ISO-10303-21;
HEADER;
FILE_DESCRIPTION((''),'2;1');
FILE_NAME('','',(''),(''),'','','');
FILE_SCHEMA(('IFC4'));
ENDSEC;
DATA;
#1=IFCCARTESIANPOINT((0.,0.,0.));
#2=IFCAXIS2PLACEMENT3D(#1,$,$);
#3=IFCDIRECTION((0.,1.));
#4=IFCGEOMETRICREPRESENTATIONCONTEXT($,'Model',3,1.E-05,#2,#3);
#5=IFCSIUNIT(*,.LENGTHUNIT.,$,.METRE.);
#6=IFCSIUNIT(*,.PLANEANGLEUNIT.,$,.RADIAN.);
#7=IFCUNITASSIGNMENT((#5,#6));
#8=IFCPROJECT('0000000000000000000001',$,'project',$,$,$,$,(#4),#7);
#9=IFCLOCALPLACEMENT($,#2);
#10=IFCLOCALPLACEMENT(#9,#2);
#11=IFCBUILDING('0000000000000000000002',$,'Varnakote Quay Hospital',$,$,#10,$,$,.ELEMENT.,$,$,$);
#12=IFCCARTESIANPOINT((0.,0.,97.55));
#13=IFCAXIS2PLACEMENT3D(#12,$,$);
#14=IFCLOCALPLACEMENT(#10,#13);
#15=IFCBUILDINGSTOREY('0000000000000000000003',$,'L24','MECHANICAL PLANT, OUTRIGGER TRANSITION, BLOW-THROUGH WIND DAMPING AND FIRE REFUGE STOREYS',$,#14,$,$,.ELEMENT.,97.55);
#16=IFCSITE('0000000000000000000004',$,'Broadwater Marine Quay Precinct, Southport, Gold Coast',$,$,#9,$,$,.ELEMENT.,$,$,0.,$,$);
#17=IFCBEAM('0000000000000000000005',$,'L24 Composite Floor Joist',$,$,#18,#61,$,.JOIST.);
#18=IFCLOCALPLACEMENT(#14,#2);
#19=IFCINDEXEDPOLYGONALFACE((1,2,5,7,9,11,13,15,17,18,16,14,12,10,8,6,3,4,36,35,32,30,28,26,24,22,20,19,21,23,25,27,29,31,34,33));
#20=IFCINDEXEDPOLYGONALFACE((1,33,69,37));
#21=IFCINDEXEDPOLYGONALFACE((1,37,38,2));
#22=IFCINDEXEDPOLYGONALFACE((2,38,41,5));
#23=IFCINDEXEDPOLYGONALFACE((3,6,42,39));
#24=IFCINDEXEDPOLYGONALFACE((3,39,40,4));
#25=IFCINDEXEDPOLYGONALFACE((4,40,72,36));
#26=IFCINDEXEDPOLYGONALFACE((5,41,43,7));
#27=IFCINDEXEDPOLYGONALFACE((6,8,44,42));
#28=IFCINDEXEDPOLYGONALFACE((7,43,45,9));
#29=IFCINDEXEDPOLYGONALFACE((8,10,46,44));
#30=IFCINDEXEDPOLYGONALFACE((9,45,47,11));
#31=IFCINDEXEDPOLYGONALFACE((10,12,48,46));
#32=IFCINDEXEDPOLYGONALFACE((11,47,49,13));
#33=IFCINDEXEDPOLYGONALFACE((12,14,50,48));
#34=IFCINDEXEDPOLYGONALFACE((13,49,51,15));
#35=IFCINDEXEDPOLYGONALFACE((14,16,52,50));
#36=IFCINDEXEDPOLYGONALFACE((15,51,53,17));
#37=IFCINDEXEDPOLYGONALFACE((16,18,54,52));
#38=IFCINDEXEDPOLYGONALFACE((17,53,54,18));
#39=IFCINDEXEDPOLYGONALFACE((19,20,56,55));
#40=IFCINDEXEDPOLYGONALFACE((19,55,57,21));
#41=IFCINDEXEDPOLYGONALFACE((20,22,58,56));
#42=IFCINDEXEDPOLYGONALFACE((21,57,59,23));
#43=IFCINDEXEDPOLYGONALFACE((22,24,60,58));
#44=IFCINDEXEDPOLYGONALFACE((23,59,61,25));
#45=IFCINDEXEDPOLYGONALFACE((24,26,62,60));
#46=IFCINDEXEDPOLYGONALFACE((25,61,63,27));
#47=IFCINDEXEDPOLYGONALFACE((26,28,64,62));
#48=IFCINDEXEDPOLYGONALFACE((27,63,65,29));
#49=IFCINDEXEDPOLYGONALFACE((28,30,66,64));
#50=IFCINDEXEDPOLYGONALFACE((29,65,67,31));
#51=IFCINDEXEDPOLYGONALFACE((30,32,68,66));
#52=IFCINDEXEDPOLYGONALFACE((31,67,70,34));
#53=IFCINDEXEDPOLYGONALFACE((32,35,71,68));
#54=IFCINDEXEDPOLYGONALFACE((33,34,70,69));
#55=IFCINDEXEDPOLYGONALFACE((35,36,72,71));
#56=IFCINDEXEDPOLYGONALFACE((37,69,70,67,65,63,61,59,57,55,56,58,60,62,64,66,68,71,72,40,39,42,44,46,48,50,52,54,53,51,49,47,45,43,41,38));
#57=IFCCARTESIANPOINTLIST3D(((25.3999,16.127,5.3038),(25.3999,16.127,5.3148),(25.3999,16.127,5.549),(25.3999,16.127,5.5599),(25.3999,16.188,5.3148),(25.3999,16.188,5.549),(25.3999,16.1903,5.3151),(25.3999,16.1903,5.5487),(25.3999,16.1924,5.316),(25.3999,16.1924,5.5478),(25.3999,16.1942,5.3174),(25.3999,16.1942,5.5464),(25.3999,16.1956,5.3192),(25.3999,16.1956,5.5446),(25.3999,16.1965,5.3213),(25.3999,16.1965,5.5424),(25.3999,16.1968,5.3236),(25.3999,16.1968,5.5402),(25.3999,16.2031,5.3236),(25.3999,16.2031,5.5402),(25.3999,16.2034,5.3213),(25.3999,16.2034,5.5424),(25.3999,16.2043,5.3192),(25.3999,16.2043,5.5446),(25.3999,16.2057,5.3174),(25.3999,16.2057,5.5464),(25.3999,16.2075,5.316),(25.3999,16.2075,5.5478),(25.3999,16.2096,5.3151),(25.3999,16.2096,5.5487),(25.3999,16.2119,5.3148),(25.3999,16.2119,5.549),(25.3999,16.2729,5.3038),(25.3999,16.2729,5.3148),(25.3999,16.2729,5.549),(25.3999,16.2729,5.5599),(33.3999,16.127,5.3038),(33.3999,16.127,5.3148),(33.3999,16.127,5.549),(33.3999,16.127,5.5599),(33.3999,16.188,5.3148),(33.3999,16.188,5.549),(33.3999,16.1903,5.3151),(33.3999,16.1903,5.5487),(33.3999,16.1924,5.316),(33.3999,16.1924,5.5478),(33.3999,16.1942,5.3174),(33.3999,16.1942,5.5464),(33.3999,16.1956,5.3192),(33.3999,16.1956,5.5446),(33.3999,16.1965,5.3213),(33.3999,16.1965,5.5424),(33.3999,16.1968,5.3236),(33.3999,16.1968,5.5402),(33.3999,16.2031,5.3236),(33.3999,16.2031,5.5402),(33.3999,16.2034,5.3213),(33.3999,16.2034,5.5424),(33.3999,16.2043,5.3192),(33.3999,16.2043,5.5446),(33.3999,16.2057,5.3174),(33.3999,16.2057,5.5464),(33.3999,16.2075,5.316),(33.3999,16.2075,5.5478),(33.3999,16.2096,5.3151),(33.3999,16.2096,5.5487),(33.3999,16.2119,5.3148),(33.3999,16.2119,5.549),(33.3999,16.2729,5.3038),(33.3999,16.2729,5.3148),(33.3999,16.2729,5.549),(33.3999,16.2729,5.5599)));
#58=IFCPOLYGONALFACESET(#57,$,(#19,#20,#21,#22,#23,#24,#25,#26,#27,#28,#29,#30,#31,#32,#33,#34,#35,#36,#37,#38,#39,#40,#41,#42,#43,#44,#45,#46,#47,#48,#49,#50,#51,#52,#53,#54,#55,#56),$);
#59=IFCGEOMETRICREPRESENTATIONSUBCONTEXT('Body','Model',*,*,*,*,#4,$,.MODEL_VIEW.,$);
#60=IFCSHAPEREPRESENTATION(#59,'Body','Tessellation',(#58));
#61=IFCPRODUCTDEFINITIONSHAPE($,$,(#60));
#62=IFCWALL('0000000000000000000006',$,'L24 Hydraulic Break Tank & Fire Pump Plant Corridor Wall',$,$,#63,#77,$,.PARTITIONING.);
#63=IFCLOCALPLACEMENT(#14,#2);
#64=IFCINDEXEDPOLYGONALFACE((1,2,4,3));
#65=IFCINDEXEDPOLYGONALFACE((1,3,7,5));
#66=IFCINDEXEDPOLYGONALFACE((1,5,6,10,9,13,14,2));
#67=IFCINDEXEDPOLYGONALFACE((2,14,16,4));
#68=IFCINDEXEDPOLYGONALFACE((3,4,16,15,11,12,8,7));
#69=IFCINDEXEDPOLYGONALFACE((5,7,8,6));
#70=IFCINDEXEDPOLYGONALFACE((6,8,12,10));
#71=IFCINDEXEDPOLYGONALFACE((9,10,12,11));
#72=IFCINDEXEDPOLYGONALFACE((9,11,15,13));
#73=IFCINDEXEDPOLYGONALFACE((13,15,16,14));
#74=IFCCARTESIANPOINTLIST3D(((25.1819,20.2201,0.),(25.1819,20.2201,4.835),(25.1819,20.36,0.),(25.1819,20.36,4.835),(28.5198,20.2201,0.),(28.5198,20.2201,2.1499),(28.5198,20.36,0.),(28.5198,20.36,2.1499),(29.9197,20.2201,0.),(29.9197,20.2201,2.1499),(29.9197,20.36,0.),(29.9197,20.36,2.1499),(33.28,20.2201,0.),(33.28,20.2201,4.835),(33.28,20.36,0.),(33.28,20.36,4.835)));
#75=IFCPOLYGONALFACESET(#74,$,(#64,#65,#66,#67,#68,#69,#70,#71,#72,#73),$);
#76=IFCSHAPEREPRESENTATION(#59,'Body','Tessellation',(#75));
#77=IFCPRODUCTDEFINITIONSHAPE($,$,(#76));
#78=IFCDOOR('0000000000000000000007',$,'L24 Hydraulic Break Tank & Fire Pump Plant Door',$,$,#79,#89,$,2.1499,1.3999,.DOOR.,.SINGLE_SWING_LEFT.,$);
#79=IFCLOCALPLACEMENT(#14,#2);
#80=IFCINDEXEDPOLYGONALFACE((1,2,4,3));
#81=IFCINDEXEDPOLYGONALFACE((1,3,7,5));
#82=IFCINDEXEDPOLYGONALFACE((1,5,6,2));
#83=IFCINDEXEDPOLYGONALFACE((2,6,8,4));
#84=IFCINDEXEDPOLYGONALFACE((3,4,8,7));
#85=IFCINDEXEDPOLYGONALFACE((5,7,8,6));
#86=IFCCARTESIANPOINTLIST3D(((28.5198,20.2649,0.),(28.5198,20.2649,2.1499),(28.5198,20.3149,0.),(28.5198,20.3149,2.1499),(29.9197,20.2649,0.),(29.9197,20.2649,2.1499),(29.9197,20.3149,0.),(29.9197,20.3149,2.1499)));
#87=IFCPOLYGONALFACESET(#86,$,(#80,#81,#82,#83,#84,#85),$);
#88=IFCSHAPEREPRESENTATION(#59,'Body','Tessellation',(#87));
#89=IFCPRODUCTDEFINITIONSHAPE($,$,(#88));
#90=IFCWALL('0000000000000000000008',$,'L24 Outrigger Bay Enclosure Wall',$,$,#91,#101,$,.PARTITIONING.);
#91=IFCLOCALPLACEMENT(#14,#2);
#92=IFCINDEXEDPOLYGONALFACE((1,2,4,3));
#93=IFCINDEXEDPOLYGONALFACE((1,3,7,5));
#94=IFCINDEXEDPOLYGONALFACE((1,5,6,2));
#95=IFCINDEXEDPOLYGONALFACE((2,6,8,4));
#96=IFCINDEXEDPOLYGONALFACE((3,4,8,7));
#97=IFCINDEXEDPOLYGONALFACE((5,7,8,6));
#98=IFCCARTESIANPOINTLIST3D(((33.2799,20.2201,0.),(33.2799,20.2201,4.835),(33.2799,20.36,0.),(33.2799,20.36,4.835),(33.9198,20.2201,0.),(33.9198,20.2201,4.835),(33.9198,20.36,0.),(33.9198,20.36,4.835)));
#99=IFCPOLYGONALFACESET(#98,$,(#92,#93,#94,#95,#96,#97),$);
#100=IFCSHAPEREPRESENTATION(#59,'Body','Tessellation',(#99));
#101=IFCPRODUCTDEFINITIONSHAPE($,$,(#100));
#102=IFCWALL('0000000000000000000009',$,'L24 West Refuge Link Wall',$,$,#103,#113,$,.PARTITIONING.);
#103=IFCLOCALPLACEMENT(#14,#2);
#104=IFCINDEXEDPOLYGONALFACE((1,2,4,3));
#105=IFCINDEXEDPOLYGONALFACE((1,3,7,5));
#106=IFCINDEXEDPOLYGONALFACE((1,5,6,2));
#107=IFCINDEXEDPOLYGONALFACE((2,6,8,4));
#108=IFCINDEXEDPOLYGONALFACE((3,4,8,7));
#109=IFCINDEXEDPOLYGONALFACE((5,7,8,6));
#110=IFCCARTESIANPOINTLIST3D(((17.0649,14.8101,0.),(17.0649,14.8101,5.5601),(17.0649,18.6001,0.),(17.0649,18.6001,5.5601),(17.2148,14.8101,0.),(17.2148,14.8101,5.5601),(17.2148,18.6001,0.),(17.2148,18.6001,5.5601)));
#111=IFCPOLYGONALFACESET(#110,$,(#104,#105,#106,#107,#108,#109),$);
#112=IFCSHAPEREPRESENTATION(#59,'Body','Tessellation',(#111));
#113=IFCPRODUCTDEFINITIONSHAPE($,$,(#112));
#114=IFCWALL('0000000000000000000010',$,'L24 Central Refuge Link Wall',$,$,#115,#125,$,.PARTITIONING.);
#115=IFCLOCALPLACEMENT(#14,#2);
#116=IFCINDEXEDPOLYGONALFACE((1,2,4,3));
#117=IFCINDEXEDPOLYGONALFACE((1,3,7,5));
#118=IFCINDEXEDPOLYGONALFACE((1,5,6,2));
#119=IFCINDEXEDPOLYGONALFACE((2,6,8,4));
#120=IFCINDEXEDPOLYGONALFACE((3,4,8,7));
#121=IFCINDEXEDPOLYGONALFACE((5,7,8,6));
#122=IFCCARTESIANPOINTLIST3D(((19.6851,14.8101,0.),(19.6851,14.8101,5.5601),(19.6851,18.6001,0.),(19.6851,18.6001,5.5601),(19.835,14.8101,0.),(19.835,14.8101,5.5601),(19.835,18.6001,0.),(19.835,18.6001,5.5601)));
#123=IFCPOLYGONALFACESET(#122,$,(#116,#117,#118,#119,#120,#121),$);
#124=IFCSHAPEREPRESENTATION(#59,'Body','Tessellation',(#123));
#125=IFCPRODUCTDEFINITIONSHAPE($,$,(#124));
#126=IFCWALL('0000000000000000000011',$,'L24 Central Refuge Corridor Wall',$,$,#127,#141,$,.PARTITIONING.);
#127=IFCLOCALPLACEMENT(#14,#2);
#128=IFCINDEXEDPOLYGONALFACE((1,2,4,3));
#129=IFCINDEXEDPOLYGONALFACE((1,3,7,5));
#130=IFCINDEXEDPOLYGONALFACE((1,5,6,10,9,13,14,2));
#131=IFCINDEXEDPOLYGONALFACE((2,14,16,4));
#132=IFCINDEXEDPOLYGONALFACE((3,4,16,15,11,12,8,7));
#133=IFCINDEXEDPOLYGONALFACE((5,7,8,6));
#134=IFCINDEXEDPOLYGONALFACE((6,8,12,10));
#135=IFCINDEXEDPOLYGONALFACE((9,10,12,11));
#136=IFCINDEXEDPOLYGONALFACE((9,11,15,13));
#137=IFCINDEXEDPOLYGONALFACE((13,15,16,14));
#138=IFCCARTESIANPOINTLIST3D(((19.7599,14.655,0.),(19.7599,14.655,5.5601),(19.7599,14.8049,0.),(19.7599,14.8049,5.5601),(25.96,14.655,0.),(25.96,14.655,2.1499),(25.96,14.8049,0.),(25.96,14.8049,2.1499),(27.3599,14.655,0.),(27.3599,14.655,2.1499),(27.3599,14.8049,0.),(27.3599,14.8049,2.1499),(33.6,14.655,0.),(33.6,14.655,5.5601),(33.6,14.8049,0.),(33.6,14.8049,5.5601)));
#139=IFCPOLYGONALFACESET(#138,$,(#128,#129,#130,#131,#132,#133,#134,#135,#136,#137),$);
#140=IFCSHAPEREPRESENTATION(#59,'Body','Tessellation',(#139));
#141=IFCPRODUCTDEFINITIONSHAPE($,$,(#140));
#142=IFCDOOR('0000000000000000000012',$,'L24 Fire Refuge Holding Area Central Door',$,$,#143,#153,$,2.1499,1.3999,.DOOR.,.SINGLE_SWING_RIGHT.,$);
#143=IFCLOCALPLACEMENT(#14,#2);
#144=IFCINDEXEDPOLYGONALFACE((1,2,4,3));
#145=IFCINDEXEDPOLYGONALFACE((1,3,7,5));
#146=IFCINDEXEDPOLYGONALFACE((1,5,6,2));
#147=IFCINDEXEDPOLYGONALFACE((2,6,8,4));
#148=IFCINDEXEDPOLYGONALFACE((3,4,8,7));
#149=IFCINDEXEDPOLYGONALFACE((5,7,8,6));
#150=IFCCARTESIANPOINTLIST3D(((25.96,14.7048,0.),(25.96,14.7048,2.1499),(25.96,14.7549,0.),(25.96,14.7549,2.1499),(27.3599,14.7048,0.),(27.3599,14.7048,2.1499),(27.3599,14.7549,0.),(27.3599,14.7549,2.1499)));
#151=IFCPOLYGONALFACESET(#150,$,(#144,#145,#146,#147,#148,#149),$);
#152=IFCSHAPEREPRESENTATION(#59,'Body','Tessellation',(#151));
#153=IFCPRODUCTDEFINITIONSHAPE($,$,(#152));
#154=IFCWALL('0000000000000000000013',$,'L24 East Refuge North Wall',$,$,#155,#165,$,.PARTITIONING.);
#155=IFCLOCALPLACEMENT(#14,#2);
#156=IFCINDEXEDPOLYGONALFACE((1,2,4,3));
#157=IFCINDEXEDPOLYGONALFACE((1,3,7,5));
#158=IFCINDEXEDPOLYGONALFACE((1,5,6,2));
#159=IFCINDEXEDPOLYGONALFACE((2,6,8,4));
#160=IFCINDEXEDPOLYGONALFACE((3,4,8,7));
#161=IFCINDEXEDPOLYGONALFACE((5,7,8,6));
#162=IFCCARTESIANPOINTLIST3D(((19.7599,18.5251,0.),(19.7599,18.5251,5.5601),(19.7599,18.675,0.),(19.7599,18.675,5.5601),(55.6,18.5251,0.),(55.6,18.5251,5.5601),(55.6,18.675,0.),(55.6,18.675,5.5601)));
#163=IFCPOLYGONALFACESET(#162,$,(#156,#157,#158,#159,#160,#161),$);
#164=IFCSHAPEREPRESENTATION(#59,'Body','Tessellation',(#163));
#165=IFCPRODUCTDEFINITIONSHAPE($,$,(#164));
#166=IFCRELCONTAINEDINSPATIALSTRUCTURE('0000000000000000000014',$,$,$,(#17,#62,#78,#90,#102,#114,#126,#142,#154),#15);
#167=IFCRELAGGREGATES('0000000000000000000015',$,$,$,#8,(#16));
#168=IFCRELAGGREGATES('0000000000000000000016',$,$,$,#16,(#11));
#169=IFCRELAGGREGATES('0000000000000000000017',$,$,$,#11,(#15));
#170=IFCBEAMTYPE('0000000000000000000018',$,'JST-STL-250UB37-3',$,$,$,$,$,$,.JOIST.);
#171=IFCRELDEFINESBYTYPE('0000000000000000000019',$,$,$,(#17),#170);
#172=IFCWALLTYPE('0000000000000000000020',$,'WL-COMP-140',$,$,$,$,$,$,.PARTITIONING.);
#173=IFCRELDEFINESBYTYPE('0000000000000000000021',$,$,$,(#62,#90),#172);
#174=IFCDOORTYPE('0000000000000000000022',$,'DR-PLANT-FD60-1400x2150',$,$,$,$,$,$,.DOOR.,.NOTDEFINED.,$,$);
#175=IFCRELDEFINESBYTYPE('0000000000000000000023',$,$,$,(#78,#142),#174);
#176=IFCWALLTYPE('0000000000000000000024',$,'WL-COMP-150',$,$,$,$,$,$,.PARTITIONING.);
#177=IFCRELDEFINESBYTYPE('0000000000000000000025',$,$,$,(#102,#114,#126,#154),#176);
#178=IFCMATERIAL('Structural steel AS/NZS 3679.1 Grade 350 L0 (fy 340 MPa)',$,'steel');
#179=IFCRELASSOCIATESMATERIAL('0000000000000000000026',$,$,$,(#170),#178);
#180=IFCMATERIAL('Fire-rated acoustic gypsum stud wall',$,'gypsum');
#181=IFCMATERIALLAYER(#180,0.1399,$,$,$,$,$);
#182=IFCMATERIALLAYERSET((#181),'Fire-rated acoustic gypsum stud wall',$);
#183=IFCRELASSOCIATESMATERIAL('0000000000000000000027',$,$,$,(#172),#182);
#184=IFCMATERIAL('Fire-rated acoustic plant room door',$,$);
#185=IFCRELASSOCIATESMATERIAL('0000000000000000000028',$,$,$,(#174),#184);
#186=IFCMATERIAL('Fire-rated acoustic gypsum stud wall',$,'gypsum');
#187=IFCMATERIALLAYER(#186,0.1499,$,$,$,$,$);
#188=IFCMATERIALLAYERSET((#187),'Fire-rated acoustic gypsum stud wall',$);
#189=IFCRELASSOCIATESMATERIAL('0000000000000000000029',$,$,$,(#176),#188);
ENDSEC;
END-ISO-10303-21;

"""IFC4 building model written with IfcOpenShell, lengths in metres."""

from ifc_helpers import new_model, si_unit, direction, frame, frame_2d, origin, origin_2d, place, context, subcontext, project, spatial, rectangle, i_section, extrude, material, layer, layer_set, material_profile, profile_set, type_object, element, fill, save


model = new_model("IFC4")

# Units and contexts
model_context = context("Model", 3, precision=1e-05, world=origin(), true_north=direction((0.0, 1.0)))
body_context = subcontext(model_context, "Body", "Model", "MODEL_VIEW")
ifc_project = project(units=[si_unit("LENGTHUNIT", "METRE"), si_unit("PLANEANGLEUNIT", "RADIAN")], contexts=[model_context])

# Site, building, storey
site_placement = place(None, origin())
site = spatial("IfcSite", under=ifc_project, at=site_placement, Name="Broadwater Marine Quay Precinct, Southport, Gold Coast", CompositionType="ELEMENT", RefElevation=0.0)
building_placement = place(site_placement, origin())
building = spatial("IfcBuilding", under=site, at=building_placement, Name="Varnakote Quay Hospital", CompositionType="ELEMENT")
storey_placement = place(building_placement, frame((0.0, 0.0, 97.55)))
storey = spatial("IfcBuildingStorey", under=building, at=storey_placement, Name="L24", Description="MECHANICAL PLANT, OUTRIGGER TRANSITION, BLOW-THROUGH WIND DAMPING AND FIRE REFUGE STOREYS", CompositionType="ELEMENT", Elevation=97.55)

# Beam
ifc_material_1 = material(Name="Structural steel AS/NZS 3679.1 Grade 350 L0 (fy 340 MPa)", Category="steel")
ifc_material_profile_1 = material_profile(ifc_material_1, i_section(OverallWidth=0.146, OverallDepth=0.2561, WebThickness=0.0063, FlangeThickness=0.011, FilletRadius=0.0088, at=origin_2d()), Name="250UB37.3")
ifc_profile_set_1 = profile_set([ifc_material_profile_1], Name="Structural steel AS/NZS 3679.1 Grade 350 L0 (fy 340 MPa)")
beam_type_1 = type_object("IfcBeamType", Name="JST-STL-250UB37-3", PredefinedType="JOIST", material=ifc_profile_set_1)
beam_1_placement = place(storey_placement, frame((25.3999, 16.2, 5.4319), z_axis=(1.0, 0.0, 0.0), x_axis=(0.0, 1.0, 0.0)))
element("IfcBeam", 1, at=beam_1_placement, inside=storey, type_object=beam_type_1, Name="L24 Composite Floor Joist", PredefinedType="JOIST", context=body_context, shape_type="SweptSolid", body=[
    extrude(i_section(OverallWidth=0.146, OverallDepth=0.2561, WebThickness=0.0063, FlangeThickness=0.011, FilletRadius=0.0088, at=origin_2d()), origin(), (0.0, 0.0, 1.0), 8.0),
])

# Wall, opening, door
ifc_material_2 = material(Name="Fire-rated acoustic gypsum stud wall", Category="gypsum")
ifc_layer_1 = layer(ifc_material_2, 0.1399)
ifc_layer_set_1 = layer_set([ifc_layer_1], Name="Fire-rated acoustic gypsum stud wall")
wall_type_1 = type_object("IfcWallType", Name="WL-COMP-140", PredefinedType="PARTITIONING", material=ifc_layer_set_1)
wall_1_placement = place(storey_placement, frame((25.1819, 20.29, 0.0), z_axis=(0.0, 0.0, 1.0), x_axis=(1.0, 0.0, 0.0)))
wall_1 = element("IfcWall", 2, at=wall_1_placement, inside=storey, type_object=wall_type_1, Name="L24 Hydraulic Break Tank & Fire Pump Plant Corridor Wall", PredefinedType="PARTITIONING", context=body_context, shape_type="SweptSolid", body=[
    extrude(rectangle(XDim=8.0981, YDim=0.1399, at=frame_2d((4.0491, 0.0))), origin(), (0.0, 0.0, 1.0), 4.835),
])
opening_1_placement = place(wall_1_placement, frame((3.3379, 0.0, 0.0)))
opening_1 = element("IfcOpeningElement", 3, at=opening_1_placement, cuts=wall_1, PredefinedType="OPENING", context=body_context, shape_type="SweptSolid", body=[
    extrude(rectangle(XDim=1.3999, YDim=2.1499, at=frame_2d((0.7, 1.075))), frame((0.0, 0.0798, 0.0), z_axis=(0.0, -1.0, 0.0), x_axis=(1.0, 0.0, 0.0)), (0.0, 0.0, 1.0), 0.1599),
])
ifc_material_3 = material(Name="Fire-rated acoustic plant room door")
door_type_1 = type_object("IfcDoorType", Name="DR-PLANT-FD60-1400x2150", OperationType="NOTDEFINED", PredefinedType="DOOR", material=ifc_material_3)
door_1_placement = place(opening_1_placement, origin())
door_1 = element("IfcDoor", 4, at=door_1_placement, inside=storey, type_object=door_type_1, Name="L24 Hydraulic Break Tank & Fire Pump Plant Door", OperationType="SINGLE_SWING_LEFT", OverallHeight=2.1499, OverallWidth=1.3999, PredefinedType="DOOR", context=body_context, shape_type="SweptSolid", body=[
    extrude(rectangle(XDim=1.3999, YDim=2.1499, at=frame_2d((0.7, 1.075))), frame((0.0, 0.0249, 0.0), z_axis=(0.0, -1.0, 0.0), x_axis=(1.0, 0.0, 0.0)), (0.0, 0.0, 1.0), 0.05),
])
fill(opening_1, door_1)

# Walls
wall_2_placement = place(storey_placement, frame((33.28, 20.29, 0.0), z_axis=(0.0, 0.0, 1.0), x_axis=(1.0, 0.0, 0.0)))
element("IfcWall", 5, at=wall_2_placement, inside=storey, type_object=wall_type_1, Name="L24 Outrigger Bay Enclosure Wall", PredefinedType="PARTITIONING", context=body_context, shape_type="SweptSolid", body=[
    extrude(rectangle(XDim=0.6399, YDim=0.1399, at=frame_2d((0.3198, 0.0))), origin(), (0.0, 0.0, 1.0), 4.835),
])
ifc_material_4 = material(Name="Fire-rated acoustic gypsum stud wall", Category="gypsum")
ifc_layer_2 = layer(ifc_material_4, 0.1499)
ifc_layer_set_2 = layer_set([ifc_layer_2], Name="Fire-rated acoustic gypsum stud wall")
wall_type_2 = type_object("IfcWallType", Name="WL-COMP-150", PredefinedType="PARTITIONING", material=ifc_layer_set_2)
for number, where, z_axis, x_axis, name in (
    (6, (17.1399, 14.8101, 0.0), (0.0, 0.0, 1.0), (0.0, 1.0, 0.0), "L24 West Refuge Link Wall"),
    (7, (19.76, 14.8101, 0.0), (0.0, 0.0, 1.0), (0.0, 1.0, 0.0), "L24 Central Refuge Link Wall"),
):
    element("IfcWall", number, at=place(storey_placement, frame(where, z_axis=z_axis, x_axis=x_axis)), inside=storey, type_object=wall_type_2, Name=name, PredefinedType="PARTITIONING", context=body_context, shape_type="SweptSolid", body=[
        extrude(rectangle(XDim=3.79, YDim=0.1499, at=frame_2d((1.895, 0.0))), origin(), (0.0, 0.0, 1.0), 5.5601),
    ])

# Wall, opening, door
wall_3_placement = place(storey_placement, frame((19.76, 14.73, 0.0), z_axis=(0.0, 0.0, 1.0), x_axis=(1.0, 0.0, 0.0)))
wall_3 = element("IfcWall", 8, at=wall_3_placement, inside=storey, type_object=wall_type_2, Name="L24 Central Refuge Corridor Wall", PredefinedType="PARTITIONING", context=body_context, shape_type="SweptSolid", body=[
    extrude(rectangle(XDim=13.8401, YDim=0.1499, at=frame_2d((6.9199, 0.0))), origin(), (0.0, 0.0, 1.0), 5.5601),
])
opening_2_placement = place(wall_3_placement, frame((6.2, 0.0, 0.0)))
opening_2 = element("IfcOpeningElement", 9, at=opening_2_placement, cuts=wall_3, PredefinedType="OPENING", context=body_context, shape_type="SweptSolid", body=[
    extrude(rectangle(XDim=1.3999, YDim=2.1499, at=frame_2d((0.7, 1.075))), frame((0.0, 0.085, 0.0), z_axis=(0.0, -1.0, 0.0), x_axis=(1.0, 0.0, 0.0)), (0.0, 0.0, 1.0), 0.1699),
])
door_2_placement = place(opening_2_placement, origin())
door_2 = element("IfcDoor", 10, at=door_2_placement, inside=storey, type_object=door_type_1, Name="L24 Fire Refuge Holding Area Central Door", OperationType="SINGLE_SWING_RIGHT", OverallHeight=2.1499, OverallWidth=1.3999, PredefinedType="DOOR", context=body_context, shape_type="SweptSolid", body=[
    extrude(rectangle(XDim=1.3999, YDim=2.1499, at=frame_2d((0.7, 1.075))), frame((0.0, 0.0249, 0.0), z_axis=(0.0, -1.0, 0.0), x_axis=(1.0, 0.0, 0.0)), (0.0, 0.0, 1.0), 0.05),
])
fill(opening_2, door_2)

# Wall
wall_4_placement = place(storey_placement, frame((19.76, 18.6001, 0.0), z_axis=(0.0, 0.0, 1.0), x_axis=(1.0, 0.0, 0.0)))
element("IfcWall", 11, at=wall_4_placement, inside=storey, type_object=wall_type_2, Name="L24 East Refuge North Wall", PredefinedType="PARTITIONING", context=body_context, shape_type="SweptSolid", body=[
    extrude(rectangle(XDim=35.8401, YDim=0.1499, at=frame_2d((17.9199, 0.0))), origin(), (0.0, 0.0, 1.0), 5.5601),
])

save(model, "model.ifc")
